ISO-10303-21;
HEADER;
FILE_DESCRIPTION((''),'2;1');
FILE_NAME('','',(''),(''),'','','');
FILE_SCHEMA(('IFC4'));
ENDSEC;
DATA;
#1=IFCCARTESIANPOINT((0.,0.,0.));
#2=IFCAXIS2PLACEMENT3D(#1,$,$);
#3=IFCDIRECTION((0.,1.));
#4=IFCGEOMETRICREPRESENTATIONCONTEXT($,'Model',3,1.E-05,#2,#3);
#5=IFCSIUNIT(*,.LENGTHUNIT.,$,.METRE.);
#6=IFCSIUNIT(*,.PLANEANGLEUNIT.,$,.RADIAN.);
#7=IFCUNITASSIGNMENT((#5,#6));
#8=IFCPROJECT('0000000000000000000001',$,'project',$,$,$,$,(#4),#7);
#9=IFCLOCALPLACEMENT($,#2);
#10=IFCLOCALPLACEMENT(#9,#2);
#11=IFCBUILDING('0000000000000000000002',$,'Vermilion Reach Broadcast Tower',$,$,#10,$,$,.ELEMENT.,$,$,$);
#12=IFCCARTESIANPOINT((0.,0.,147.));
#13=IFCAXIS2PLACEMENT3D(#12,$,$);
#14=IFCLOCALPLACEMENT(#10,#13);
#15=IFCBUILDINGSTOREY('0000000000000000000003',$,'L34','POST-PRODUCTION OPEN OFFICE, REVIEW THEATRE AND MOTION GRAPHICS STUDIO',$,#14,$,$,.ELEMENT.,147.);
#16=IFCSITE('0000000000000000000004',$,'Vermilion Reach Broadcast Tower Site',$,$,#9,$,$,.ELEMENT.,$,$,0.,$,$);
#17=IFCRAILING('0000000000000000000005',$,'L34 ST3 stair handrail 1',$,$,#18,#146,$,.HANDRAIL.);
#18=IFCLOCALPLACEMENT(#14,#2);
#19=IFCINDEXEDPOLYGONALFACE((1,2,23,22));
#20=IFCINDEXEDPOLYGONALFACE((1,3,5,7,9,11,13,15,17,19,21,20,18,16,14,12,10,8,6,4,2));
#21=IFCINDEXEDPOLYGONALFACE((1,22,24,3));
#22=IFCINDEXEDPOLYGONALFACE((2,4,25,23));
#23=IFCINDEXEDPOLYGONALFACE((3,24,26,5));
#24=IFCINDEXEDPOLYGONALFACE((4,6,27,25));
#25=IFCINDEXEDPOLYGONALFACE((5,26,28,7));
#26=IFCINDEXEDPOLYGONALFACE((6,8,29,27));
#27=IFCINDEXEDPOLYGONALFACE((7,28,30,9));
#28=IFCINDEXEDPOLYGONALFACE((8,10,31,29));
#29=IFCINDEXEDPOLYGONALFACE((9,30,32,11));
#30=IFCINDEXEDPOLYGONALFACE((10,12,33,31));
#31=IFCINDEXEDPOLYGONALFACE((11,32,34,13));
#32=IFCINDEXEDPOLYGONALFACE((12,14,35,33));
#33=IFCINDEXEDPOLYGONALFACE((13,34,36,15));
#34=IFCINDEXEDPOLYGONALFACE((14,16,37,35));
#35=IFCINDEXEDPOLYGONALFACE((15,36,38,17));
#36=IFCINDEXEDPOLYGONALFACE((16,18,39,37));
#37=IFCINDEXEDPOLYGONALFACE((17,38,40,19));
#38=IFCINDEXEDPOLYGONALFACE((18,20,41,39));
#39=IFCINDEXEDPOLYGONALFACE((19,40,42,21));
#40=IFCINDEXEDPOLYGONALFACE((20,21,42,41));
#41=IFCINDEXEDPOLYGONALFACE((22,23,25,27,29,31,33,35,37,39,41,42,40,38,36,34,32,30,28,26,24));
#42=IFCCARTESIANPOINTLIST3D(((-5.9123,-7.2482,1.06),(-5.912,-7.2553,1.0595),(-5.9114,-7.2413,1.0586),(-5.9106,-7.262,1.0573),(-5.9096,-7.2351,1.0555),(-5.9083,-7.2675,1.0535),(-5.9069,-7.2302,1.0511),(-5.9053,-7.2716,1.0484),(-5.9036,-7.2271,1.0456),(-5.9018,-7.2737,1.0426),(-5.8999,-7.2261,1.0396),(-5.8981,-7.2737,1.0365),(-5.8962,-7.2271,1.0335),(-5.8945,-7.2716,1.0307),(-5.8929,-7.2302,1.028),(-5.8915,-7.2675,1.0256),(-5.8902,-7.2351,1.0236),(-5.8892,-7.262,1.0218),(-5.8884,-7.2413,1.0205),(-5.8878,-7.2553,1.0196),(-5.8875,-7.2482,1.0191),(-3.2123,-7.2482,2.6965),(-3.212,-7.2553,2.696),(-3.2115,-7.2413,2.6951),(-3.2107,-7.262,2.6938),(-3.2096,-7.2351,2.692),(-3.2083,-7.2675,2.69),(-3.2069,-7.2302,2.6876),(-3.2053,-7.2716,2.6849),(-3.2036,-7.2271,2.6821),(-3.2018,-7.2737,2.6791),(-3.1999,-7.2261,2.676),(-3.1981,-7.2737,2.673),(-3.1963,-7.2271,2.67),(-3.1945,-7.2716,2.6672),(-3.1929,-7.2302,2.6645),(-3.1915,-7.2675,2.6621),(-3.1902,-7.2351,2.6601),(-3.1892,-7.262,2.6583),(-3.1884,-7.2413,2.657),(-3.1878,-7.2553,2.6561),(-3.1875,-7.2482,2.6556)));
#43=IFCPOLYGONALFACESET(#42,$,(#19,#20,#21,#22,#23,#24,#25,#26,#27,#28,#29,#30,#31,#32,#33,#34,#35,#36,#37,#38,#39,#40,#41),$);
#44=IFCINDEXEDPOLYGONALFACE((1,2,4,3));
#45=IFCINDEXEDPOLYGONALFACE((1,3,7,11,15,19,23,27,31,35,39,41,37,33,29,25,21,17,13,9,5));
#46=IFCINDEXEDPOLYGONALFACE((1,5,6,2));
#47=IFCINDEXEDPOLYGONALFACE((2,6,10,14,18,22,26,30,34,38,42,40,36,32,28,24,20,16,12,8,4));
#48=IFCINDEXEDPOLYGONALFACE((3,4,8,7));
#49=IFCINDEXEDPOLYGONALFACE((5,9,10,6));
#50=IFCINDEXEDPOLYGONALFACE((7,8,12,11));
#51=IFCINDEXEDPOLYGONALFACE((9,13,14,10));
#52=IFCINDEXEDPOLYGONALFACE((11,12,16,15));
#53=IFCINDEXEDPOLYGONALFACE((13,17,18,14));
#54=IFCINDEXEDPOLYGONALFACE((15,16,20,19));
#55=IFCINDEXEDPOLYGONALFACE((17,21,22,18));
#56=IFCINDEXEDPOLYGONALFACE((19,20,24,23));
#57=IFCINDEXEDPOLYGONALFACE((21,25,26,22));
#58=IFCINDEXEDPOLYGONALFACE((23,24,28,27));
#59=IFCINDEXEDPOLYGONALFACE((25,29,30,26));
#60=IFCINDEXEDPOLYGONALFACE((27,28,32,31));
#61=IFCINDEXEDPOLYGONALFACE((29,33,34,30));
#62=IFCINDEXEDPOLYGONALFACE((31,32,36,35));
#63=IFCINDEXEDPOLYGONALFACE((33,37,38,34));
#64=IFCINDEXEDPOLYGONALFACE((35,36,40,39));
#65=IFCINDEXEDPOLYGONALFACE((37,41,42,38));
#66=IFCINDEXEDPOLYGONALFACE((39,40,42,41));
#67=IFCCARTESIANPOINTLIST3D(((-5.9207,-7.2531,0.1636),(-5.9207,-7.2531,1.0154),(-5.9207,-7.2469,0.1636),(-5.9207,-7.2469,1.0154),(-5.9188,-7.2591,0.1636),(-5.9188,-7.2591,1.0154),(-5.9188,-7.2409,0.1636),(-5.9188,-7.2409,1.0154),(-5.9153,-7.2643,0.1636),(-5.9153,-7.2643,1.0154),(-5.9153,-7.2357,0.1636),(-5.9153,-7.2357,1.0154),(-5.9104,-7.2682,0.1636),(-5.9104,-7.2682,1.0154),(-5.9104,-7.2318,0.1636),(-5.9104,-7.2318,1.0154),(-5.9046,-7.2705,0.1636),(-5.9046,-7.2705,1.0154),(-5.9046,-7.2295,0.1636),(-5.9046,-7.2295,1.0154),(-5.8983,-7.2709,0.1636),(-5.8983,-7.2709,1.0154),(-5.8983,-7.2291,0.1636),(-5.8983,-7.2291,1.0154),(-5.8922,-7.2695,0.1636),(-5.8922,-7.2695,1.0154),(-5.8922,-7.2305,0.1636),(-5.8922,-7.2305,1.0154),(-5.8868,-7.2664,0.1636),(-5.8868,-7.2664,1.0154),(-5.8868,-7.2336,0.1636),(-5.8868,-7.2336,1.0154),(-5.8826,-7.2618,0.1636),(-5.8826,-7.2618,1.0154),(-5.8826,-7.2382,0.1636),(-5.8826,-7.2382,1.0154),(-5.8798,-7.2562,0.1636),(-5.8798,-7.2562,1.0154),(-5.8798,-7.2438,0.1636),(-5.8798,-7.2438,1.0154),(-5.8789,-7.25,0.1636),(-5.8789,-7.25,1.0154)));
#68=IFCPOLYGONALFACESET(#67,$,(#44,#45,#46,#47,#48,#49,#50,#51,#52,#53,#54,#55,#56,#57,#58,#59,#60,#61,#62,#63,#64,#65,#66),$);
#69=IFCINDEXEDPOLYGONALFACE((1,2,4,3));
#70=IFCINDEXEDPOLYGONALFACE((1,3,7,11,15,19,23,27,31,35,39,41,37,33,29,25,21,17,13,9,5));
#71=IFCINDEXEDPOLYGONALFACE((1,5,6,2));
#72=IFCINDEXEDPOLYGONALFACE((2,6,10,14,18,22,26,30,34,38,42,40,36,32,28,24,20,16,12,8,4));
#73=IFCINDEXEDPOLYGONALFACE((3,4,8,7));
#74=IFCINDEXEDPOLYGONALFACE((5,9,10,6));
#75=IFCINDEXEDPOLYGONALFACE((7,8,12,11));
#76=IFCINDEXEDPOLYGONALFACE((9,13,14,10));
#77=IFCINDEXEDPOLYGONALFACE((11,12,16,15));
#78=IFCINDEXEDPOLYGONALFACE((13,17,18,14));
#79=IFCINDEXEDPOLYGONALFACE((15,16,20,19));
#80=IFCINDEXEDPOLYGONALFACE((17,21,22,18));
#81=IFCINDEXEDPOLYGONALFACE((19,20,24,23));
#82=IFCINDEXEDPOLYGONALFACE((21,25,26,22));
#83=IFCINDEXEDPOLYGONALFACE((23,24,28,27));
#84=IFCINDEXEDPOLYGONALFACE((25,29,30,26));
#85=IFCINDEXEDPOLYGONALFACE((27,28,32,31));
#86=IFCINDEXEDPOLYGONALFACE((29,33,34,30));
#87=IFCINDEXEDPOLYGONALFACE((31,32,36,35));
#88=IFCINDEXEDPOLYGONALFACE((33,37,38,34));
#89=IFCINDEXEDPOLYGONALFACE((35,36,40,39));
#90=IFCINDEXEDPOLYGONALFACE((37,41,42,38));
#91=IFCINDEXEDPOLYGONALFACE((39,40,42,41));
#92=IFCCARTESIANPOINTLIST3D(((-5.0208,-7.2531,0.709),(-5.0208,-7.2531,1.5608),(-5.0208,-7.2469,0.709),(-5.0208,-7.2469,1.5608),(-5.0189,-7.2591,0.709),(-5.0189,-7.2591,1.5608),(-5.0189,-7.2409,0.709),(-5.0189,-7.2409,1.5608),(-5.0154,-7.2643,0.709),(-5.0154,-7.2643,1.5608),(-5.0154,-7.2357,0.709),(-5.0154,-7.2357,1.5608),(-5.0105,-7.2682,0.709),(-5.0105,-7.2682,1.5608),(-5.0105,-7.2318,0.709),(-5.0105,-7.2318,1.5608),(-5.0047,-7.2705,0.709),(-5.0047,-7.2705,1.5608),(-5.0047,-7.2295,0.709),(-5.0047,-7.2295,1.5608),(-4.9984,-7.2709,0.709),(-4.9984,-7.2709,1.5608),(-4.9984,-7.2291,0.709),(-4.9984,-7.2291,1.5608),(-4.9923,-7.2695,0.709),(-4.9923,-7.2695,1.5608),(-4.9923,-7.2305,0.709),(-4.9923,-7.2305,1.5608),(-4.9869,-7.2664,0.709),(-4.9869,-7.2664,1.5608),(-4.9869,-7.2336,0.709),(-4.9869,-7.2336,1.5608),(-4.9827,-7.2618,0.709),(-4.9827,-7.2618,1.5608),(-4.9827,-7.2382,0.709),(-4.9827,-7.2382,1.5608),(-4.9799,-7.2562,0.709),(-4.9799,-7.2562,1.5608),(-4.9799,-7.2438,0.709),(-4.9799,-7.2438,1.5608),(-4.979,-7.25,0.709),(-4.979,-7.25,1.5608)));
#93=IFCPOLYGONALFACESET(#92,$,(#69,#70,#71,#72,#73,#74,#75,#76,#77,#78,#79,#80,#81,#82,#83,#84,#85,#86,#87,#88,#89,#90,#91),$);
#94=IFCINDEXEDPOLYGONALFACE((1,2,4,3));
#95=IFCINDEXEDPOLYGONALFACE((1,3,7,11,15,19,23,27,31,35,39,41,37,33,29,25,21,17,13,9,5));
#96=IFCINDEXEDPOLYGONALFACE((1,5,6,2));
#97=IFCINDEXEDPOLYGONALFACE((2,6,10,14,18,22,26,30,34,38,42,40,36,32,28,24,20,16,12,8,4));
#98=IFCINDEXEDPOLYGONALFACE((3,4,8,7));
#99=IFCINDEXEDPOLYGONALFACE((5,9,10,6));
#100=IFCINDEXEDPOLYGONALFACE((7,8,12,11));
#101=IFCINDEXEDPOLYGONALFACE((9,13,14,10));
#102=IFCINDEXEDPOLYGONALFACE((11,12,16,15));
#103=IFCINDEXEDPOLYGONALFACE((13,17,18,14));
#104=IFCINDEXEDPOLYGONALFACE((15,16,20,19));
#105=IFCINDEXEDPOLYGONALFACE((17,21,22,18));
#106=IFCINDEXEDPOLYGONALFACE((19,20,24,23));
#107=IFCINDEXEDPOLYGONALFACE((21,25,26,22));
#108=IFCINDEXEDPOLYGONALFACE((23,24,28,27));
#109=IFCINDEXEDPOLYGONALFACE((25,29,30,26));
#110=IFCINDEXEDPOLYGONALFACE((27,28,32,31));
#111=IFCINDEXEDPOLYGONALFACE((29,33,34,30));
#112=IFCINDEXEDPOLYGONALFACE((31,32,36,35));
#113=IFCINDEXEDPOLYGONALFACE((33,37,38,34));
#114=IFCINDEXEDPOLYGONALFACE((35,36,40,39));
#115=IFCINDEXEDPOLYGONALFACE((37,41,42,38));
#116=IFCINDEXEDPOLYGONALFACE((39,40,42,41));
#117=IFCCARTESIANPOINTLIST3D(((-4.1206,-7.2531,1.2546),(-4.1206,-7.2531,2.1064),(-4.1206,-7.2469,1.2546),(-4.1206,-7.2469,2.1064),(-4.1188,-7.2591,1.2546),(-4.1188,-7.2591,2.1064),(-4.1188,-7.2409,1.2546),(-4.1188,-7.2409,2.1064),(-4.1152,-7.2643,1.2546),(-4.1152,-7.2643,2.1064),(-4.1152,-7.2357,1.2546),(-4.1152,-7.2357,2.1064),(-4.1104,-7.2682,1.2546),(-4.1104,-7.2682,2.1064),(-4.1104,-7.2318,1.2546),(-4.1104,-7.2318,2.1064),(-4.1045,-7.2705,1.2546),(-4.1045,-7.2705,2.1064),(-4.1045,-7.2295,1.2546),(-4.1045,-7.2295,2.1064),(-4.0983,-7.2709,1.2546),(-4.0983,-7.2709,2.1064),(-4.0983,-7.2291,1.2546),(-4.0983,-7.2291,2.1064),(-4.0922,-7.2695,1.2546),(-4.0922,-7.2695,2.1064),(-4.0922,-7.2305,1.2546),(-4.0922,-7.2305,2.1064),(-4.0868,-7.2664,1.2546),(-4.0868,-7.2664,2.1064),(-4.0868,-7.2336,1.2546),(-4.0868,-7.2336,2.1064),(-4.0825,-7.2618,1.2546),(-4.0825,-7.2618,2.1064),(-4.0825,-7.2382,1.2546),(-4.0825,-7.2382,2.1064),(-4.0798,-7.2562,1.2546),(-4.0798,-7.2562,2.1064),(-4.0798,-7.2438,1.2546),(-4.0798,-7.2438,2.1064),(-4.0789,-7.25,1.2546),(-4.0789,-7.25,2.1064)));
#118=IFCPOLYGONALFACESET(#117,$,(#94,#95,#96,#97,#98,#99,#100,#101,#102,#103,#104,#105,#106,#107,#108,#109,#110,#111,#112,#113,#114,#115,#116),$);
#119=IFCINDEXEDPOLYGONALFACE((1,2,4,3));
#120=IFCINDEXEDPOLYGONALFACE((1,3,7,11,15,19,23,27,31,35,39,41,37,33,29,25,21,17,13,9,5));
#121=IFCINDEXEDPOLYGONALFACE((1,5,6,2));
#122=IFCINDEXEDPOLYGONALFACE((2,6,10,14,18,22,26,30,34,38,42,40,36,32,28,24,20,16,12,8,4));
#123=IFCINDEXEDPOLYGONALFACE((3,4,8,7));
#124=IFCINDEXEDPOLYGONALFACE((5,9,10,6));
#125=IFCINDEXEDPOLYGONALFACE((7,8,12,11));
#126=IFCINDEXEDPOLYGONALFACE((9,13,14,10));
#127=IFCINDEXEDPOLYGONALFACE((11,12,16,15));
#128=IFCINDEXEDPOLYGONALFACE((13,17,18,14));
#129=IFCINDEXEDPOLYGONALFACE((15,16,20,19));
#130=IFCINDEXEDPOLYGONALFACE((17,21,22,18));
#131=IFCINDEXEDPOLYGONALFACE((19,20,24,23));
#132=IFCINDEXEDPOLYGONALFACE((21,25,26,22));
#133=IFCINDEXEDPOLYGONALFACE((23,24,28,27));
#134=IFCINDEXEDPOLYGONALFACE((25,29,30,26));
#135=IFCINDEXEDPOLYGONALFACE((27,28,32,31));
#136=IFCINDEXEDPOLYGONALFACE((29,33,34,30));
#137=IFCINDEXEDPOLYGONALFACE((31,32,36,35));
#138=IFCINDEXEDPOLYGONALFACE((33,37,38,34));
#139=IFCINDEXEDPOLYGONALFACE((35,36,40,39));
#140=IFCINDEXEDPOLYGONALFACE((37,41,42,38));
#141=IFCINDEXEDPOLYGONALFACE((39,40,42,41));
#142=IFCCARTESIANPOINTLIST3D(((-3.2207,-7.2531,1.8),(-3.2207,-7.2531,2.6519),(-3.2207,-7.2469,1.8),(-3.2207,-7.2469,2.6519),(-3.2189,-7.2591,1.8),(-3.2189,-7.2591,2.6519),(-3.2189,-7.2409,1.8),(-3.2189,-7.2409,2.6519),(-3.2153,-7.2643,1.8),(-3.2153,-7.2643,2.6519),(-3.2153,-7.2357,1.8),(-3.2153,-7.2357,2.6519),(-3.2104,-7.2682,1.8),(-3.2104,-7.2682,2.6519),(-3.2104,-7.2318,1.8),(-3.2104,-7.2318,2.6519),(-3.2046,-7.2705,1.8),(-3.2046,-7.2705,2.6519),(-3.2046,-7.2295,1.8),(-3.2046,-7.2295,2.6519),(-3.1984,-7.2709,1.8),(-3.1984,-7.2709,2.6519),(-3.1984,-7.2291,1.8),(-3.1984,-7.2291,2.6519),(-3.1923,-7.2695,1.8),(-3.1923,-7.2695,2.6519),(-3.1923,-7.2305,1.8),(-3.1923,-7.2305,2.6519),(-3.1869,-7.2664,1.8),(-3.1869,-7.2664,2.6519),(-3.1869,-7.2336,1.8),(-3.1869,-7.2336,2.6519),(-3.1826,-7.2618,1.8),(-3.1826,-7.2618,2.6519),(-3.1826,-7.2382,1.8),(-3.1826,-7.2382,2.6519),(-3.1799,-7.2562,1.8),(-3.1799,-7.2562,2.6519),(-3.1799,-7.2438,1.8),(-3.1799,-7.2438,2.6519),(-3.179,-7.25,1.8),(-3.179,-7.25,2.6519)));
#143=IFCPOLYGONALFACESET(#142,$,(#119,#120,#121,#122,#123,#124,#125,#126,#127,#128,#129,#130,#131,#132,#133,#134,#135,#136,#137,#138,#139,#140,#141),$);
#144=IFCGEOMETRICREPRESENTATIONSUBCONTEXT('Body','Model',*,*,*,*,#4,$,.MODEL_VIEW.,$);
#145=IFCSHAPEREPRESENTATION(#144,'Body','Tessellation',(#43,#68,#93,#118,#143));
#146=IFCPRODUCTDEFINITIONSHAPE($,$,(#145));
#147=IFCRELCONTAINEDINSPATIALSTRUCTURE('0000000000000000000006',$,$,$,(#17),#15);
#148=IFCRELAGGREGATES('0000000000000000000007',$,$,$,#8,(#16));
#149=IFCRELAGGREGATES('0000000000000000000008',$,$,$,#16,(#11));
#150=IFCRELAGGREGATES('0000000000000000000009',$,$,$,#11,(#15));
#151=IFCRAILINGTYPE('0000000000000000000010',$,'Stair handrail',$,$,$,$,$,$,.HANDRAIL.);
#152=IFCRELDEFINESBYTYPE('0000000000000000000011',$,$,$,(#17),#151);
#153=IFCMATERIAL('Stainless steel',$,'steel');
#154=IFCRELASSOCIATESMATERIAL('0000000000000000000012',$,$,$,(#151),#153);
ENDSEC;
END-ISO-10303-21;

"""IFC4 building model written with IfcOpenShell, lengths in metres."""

from ifc_helpers import new_model, si_unit, direction, frame, origin, origin_2d, place, context, subcontext, project, spatial, circle, extrude, material, type_object, element, save


model = new_model("IFC4")

# Units and contexts
model_context = context("Model", 3, precision=1e-05, world=origin(), true_north=direction((0.0, 1.0)))
body_context = subcontext(model_context, "Body", "Model", "MODEL_VIEW")
ifc_project = project(units=[si_unit("LENGTHUNIT", "METRE"), si_unit("PLANEANGLEUNIT", "RADIAN")], contexts=[model_context])

# Site, building, storey
site_placement = place(None, origin())
site = spatial("IfcSite", under=ifc_project, at=site_placement, Name="Vermilion Reach Broadcast Tower Site", CompositionType="ELEMENT", RefElevation=0.0)
building_placement = place(site_placement, origin())
building = spatial("IfcBuilding", under=site, at=building_placement, Name="Vermilion Reach Broadcast Tower", CompositionType="ELEMENT")
storey_placement = place(building_placement, frame((0.0, 0.0, 147.0)))
storey = spatial("IfcBuildingStorey", under=building, at=storey_placement, Name="L34", Description="POST-PRODUCTION OPEN OFFICE, REVIEW THEATRE AND MOTION GRAPHICS STUDIO", CompositionType="ELEMENT", Elevation=147.0)

# Railing
ifc_material_1 = material(Name="Stainless steel", Category="steel")
railing_type_1 = type_object("IfcRailingType", Name="Stair handrail", PredefinedType="HANDRAIL", material=ifc_material_1)
railing_1_placement = place(storey_placement, frame((-5.8999, -7.25, 0.1636)))
element("IfcRailing", 1, at=railing_1_placement, inside=storey, type_object=railing_type_1, Name="L34 ST3 stair handrail 1", PredefinedType="HANDRAIL", context=body_context, shape_type="SweptSolid", body=[
    extrude(circle(Radius=0.0239, at=origin_2d()), frame((0.0, 0.0, 0.876), z_axis=(0.855178, 0.0, 0.518334), x_axis=(0.0, 1.0, 0.0)), (0.0, 0.0, 1.0), 3.1572),
    extrude(circle(Radius=0.021, at=origin_2d()), origin(), (0.0, 0.0, 1.0), 0.8518),
    extrude(circle(Radius=0.021, at=origin_2d()), frame((0.8999, 0.0, 0.5454)), (0.0, 0.0, 1.0), 0.8518),
    extrude(circle(Radius=0.021, at=origin_2d()), frame((1.8, 0.0, 1.0911)), (0.0, 0.0, 1.0), 0.8518),
    extrude(circle(Radius=0.021, at=origin_2d()), frame((2.7, 0.0, 1.6365)), (0.0, 0.0, 1.0), 0.8518),
])

save(model, "model.ifc")
